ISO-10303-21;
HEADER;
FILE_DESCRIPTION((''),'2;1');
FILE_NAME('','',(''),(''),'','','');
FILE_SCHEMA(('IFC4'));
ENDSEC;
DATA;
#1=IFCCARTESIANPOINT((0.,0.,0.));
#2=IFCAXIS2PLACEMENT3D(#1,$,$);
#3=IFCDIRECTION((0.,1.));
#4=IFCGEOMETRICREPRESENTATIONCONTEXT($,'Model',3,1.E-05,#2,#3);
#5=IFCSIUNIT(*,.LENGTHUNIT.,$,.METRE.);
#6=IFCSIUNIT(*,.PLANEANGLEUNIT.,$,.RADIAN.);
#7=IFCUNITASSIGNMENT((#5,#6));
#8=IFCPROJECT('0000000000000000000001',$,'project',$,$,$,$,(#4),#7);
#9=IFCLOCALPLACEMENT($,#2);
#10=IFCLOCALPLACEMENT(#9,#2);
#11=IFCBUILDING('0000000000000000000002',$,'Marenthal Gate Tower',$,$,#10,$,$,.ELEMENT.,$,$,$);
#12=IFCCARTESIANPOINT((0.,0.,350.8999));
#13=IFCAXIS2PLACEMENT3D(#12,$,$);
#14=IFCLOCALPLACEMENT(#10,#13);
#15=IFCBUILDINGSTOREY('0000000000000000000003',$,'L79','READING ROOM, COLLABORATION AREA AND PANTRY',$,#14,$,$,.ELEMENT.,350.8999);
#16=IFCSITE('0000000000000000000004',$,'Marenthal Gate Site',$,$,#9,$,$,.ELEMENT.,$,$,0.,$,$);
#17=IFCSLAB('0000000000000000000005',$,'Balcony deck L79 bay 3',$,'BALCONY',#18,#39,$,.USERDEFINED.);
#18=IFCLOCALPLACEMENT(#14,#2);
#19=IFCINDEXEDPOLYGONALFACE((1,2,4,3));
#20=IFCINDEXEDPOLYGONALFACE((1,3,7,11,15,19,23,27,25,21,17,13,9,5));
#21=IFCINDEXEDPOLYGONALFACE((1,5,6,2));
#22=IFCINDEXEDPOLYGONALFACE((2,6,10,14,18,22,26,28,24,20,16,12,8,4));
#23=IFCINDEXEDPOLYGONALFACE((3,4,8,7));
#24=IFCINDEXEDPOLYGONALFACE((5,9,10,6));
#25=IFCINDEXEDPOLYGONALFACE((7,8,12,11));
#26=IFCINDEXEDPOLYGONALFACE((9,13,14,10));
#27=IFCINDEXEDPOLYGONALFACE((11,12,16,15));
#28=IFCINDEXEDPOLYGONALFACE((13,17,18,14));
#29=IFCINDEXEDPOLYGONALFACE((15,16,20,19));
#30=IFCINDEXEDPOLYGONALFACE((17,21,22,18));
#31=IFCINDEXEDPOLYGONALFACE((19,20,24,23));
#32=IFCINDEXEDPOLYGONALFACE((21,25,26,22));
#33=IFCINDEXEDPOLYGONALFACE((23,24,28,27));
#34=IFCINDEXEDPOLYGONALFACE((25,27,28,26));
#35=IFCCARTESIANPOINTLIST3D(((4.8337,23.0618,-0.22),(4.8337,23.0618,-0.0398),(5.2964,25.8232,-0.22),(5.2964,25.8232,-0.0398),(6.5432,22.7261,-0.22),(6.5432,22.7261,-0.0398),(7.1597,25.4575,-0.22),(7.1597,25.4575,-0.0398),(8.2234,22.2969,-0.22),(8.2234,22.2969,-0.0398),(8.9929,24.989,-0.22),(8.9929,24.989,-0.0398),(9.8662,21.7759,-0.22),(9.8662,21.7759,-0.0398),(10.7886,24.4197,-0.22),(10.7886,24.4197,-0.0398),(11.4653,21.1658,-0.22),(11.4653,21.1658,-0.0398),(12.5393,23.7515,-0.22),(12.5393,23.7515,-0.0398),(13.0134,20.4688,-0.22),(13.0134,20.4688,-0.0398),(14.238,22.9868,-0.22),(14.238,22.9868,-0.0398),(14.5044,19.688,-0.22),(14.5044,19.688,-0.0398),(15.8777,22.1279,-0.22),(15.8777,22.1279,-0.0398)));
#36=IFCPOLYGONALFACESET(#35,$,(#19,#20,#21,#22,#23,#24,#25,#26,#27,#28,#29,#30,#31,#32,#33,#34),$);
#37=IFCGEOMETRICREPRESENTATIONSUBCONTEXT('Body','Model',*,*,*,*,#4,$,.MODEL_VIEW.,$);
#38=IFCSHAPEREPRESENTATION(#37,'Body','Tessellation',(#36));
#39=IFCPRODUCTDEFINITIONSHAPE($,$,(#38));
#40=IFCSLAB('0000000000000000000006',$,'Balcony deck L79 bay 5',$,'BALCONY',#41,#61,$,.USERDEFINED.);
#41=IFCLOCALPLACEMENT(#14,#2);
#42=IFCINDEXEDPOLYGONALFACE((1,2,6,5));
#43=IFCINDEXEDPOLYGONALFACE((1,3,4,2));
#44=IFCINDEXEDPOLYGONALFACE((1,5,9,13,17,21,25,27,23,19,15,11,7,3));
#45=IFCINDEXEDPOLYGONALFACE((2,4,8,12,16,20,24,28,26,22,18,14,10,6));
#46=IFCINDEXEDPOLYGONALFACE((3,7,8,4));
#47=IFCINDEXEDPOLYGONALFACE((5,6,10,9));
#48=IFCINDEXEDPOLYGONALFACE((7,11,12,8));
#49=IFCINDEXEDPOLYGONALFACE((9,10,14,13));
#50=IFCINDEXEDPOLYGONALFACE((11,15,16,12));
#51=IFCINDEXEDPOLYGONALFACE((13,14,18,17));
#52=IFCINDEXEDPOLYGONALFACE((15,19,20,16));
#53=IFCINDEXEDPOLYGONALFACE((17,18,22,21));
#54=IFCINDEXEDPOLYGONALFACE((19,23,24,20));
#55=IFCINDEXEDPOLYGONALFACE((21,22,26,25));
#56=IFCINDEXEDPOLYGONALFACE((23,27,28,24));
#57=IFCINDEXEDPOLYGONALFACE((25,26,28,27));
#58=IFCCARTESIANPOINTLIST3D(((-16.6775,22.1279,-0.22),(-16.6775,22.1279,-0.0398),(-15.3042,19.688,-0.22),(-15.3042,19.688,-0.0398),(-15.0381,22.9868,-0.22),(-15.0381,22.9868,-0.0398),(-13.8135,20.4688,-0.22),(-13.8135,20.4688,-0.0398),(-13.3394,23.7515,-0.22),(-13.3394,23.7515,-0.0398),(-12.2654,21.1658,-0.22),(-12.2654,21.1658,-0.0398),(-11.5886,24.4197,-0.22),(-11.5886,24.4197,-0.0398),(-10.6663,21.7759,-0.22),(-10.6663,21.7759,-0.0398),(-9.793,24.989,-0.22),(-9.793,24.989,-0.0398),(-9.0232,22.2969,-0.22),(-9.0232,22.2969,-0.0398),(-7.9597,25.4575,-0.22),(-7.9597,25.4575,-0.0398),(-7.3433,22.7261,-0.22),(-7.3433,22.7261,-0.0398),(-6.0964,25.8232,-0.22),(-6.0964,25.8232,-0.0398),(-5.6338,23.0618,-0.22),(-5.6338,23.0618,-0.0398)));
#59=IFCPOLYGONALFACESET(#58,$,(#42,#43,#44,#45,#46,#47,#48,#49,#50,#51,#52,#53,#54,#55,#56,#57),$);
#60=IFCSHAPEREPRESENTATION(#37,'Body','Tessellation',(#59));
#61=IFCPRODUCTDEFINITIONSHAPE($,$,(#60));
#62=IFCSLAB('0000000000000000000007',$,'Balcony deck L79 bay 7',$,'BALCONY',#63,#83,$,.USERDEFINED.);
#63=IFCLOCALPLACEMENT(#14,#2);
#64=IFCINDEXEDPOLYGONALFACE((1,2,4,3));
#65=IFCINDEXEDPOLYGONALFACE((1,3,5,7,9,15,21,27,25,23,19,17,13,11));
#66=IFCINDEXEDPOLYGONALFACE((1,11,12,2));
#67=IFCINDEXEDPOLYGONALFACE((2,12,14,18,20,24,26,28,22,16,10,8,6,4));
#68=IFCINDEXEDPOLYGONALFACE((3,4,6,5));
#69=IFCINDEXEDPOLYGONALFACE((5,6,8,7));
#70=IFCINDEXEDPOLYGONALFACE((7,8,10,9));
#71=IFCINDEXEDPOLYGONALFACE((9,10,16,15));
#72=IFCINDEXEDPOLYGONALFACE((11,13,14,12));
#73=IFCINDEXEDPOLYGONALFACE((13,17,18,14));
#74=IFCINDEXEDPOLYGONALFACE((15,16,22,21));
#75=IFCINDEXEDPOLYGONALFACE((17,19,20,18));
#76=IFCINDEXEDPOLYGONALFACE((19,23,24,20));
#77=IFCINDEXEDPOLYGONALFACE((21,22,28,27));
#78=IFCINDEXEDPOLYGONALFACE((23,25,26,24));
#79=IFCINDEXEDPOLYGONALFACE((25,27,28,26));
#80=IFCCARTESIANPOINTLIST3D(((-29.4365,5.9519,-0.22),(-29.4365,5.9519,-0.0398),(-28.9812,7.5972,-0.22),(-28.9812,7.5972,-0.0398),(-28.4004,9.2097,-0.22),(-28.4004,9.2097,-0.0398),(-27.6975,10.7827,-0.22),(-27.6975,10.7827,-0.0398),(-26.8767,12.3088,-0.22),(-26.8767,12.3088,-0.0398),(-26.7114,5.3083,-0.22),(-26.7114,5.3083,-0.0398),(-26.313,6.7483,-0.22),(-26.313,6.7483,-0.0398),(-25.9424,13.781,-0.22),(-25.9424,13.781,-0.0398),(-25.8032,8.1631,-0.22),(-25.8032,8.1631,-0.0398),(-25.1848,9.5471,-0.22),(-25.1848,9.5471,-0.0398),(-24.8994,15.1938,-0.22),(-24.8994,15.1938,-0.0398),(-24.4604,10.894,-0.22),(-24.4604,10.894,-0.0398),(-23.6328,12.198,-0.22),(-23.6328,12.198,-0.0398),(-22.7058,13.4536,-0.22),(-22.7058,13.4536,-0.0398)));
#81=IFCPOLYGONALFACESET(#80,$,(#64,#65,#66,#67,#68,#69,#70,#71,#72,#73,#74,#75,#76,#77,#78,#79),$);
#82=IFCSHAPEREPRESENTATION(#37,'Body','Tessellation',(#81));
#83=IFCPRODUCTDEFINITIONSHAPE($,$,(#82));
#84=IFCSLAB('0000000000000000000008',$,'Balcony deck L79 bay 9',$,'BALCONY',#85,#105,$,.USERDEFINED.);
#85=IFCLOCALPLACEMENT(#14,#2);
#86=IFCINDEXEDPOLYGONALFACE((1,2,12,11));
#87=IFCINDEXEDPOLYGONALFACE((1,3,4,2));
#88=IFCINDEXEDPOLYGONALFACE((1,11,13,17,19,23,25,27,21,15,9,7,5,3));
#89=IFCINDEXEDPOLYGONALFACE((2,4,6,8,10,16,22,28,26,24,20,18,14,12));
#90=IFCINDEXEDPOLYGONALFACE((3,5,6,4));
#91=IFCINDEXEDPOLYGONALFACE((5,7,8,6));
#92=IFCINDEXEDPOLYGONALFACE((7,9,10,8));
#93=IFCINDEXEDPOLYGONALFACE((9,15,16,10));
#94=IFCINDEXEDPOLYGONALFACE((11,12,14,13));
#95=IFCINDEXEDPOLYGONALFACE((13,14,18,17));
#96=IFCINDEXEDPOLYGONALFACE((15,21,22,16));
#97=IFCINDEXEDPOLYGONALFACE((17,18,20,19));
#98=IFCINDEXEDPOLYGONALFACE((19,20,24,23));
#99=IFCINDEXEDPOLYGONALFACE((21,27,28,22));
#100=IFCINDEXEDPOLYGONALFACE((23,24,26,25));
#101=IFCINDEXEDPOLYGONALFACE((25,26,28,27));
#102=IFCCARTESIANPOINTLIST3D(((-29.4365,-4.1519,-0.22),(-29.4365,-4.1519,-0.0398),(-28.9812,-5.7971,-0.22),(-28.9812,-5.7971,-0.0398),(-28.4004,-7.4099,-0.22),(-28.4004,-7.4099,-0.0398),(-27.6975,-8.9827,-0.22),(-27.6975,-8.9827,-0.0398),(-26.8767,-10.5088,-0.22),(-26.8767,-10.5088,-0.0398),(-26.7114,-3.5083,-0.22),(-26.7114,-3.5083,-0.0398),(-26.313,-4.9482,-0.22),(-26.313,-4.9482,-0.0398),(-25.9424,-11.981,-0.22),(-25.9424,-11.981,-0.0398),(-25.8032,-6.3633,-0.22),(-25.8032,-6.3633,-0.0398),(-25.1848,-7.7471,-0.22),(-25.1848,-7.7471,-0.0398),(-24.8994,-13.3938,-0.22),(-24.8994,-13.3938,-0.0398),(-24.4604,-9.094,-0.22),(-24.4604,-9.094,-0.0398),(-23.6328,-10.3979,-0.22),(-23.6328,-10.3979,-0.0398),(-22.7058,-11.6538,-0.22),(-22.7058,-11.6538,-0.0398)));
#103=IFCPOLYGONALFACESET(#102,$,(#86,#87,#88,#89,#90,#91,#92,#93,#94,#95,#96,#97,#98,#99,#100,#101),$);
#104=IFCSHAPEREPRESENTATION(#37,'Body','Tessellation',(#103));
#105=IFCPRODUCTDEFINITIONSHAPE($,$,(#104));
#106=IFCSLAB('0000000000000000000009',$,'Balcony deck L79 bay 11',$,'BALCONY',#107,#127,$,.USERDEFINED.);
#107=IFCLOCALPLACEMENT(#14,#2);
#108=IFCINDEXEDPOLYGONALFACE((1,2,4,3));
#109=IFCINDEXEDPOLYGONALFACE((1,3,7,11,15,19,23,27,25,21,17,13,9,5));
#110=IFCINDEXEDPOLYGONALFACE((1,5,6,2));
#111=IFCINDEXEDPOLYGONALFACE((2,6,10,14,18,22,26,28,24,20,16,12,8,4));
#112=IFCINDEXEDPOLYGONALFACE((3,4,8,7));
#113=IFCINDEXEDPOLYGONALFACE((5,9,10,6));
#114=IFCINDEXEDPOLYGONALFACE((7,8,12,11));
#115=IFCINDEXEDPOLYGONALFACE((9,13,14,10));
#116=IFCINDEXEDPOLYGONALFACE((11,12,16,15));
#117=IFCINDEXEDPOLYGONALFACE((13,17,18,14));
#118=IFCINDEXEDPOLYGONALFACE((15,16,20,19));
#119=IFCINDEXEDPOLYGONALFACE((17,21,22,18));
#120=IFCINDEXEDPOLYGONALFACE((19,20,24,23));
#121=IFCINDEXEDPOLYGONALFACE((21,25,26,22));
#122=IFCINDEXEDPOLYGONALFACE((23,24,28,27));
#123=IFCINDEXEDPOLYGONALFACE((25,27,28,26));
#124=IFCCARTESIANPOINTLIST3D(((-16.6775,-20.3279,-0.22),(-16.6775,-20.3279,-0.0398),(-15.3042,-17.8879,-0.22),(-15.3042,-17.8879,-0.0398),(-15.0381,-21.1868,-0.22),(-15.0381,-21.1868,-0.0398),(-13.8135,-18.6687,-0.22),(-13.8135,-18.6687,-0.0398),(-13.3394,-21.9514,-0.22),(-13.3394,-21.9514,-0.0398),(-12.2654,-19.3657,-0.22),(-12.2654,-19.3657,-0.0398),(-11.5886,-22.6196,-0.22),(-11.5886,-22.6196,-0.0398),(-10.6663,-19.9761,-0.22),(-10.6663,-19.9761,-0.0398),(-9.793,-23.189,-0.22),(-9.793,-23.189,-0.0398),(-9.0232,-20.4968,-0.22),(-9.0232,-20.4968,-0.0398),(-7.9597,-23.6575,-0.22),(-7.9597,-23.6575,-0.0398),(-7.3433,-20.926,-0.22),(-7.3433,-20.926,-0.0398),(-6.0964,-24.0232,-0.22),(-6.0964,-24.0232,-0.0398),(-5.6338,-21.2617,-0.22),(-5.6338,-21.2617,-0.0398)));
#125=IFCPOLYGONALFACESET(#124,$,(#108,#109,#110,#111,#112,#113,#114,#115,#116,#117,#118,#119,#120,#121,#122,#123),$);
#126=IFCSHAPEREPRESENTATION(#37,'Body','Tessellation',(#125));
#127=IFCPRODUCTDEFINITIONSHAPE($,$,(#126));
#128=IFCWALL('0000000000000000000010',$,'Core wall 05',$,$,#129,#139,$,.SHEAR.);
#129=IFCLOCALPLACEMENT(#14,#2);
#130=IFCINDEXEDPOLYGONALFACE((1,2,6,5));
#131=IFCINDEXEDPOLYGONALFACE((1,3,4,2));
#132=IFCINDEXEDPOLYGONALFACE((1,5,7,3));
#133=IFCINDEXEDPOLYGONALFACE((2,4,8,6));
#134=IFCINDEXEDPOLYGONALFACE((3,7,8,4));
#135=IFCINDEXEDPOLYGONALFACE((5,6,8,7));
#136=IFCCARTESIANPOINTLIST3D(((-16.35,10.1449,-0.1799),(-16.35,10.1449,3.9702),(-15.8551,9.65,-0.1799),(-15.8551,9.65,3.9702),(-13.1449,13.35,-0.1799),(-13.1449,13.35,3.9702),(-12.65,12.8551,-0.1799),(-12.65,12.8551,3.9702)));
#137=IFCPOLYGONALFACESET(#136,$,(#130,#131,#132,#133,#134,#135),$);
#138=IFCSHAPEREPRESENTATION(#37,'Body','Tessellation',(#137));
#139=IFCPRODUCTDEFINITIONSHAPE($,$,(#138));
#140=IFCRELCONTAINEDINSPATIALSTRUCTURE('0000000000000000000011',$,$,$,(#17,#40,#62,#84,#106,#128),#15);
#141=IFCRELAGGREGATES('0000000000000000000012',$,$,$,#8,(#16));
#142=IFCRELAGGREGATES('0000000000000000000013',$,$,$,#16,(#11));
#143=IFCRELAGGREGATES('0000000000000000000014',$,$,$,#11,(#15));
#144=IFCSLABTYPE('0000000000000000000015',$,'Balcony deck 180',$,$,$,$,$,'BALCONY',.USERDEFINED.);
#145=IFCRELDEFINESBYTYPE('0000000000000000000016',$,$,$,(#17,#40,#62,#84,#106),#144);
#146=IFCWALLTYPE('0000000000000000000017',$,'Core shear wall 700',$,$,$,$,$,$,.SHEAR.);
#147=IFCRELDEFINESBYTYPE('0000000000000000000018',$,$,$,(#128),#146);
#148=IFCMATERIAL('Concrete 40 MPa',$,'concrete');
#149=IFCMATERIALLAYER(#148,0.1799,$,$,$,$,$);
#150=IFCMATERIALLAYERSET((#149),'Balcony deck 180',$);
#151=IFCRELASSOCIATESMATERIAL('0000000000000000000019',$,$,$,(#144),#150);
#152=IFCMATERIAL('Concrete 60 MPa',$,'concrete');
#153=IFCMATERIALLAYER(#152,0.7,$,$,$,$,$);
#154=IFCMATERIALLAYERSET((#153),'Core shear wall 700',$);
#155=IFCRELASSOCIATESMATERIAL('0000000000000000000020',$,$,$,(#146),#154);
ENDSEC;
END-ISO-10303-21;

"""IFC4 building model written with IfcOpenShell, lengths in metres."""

from ifc_helpers import new_model, si_unit, direction, frame, frame_2d, origin, place, context, subcontext, project, spatial, polyline, rectangle, outline, extrude, material, layer, layer_set, type_object, element, save


model = new_model("IFC4")

# Units and contexts
model_context = context("Model", 3, precision=1e-05, world=origin(), true_north=direction((0.0, 1.0)))
body_context = subcontext(model_context, "Body", "Model", "MODEL_VIEW")
ifc_project = project(units=[si_unit("LENGTHUNIT", "METRE"), si_unit("PLANEANGLEUNIT", "RADIAN")], contexts=[model_context])

# Site, building, storey
site_placement = place(None, origin())
site = spatial("IfcSite", under=ifc_project, at=site_placement, Name="Marenthal Gate Site", CompositionType="ELEMENT", RefElevation=0.0)
building_placement = place(site_placement, origin())
building = spatial("IfcBuilding", under=site, at=building_placement, Name="Marenthal Gate Tower", CompositionType="ELEMENT")
storey_placement = place(building_placement, frame((0.0, 0.0, 350.8999)))
storey = spatial("IfcBuildingStorey", under=building, at=storey_placement, Name="L79", Description="READING ROOM, COLLABORATION AREA AND PANTRY", CompositionType="ELEMENT", Elevation=350.8999)

# Slabs
ifc_material_1 = material(Name="Concrete 40 MPa", Category="concrete")
ifc_layer_1 = layer(ifc_material_1, 0.1799)
ifc_layer_set_1 = layer_set([ifc_layer_1], Name="Balcony deck 180")
slab_type = type_object("IfcSlabType", Name="Balcony deck 180", ElementType="BALCONY", PredefinedType="USERDEFINED", material=ifc_layer_set_1)
slab_1_placement = place(storey_placement, frame((0.0, 0.0, -0.22)))
element("IfcSlab", 1, at=slab_1_placement, inside=storey, type_object=slab_type, Name="Balcony deck L79 bay 3", ObjectType="BALCONY", PredefinedType="USERDEFINED", context=body_context, shape_type="SweptSolid", body=[
    extrude(outline(polyline([(14.5044, 19.688), (13.0134, 20.4688), (11.4653, 21.1658), (9.8662, 21.7759), (8.2234, 22.2969), (6.5432, 22.7261), (4.8337, 23.0618), (5.2964, 25.8232), (7.1597, 25.4575), (8.9929, 24.989), (10.7886, 24.4197), (12.5393, 23.7515), (14.238, 22.9868), (15.8777, 22.1279), (14.5044, 19.688)])), origin(), (0.0, 0.0, 1.0), 0.1802),
])
slab_2_placement = place(storey_placement, frame((0.0, 0.0, -0.22)))
element("IfcSlab", 2, at=slab_2_placement, inside=storey, type_object=slab_type, Name="Balcony deck L79 bay 5", ObjectType="BALCONY", PredefinedType="USERDEFINED", context=body_context, shape_type="SweptSolid", body=[
    extrude(outline(polyline([(-5.6338, 23.0618), (-7.3433, 22.7261), (-9.0232, 22.2969), (-10.6663, 21.7759), (-12.2654, 21.1658), (-13.8135, 20.4688), (-15.3042, 19.688), (-16.6775, 22.1279), (-15.0381, 22.9868), (-13.3394, 23.7515), (-11.5886, 24.4197), (-9.793, 24.989), (-7.9597, 25.4575), (-6.0964, 25.8232), (-5.6338, 23.0618)])), origin(), (0.0, 0.0, 1.0), 0.1802),
])
slab_3_placement = place(storey_placement, frame((0.0, 0.0, -0.22)))
element("IfcSlab", 3, at=slab_3_placement, inside=storey, type_object=slab_type, Name="Balcony deck L79 bay 7", ObjectType="BALCONY", PredefinedType="USERDEFINED", context=body_context, shape_type="SweptSolid", body=[
    extrude(outline(polyline([(-22.7058, 13.4536), (-23.6328, 12.198), (-24.4604, 10.894), (-25.1848, 9.5471), (-25.8032, 8.1631), (-26.313, 6.7483), (-26.7114, 5.3083), (-29.4365, 5.9519), (-28.9812, 7.5972), (-28.4004, 9.2097), (-27.6975, 10.7827), (-26.8767, 12.3088), (-25.9424, 13.781), (-24.8994, 15.1938), (-22.7058, 13.4536)])), origin(), (0.0, 0.0, 1.0), 0.1802),
])
slab_4_placement = place(storey_placement, frame((0.0, 0.0, -0.22)))
element("IfcSlab", 4, at=slab_4_placement, inside=storey, type_object=slab_type, Name="Balcony deck L79 bay 9", ObjectType="BALCONY", PredefinedType="USERDEFINED", context=body_context, shape_type="SweptSolid", body=[
    extrude(outline(polyline([(-26.7114, -3.5083), (-26.313, -4.9482), (-25.8032, -6.3633), (-25.1848, -7.7471), (-24.4604, -9.094), (-23.6328, -10.3979), (-22.7058, -11.6538), (-24.8994, -13.3938), (-25.9424, -11.981), (-26.8767, -10.5088), (-27.6975, -8.9827), (-28.4004, -7.4099), (-28.9812, -5.7971), (-29.4365, -4.1519), (-26.7114, -3.5083)])), origin(), (0.0, 0.0, 1.0), 0.1802),
])
slab_5_placement = place(storey_placement, frame((0.0, 0.0, -0.22)))
element("IfcSlab", 5, at=slab_5_placement, inside=storey, type_object=slab_type, Name="Balcony deck L79 bay 11", ObjectType="BALCONY", PredefinedType="USERDEFINED", context=body_context, shape_type="SweptSolid", body=[
    extrude(outline(polyline([(-15.3042, -17.8879), (-13.8135, -18.6687), (-12.2654, -19.3657), (-10.6663, -19.9761), (-9.0232, -20.4968), (-7.3433, -20.926), (-5.6338, -21.2617), (-6.0964, -24.0232), (-7.9597, -23.6575), (-9.793, -23.189), (-11.5886, -22.6196), (-13.3394, -21.9514), (-15.0381, -21.1868), (-16.6775, -20.3279), (-15.3042, -17.8879)])), origin(), (0.0, 0.0, 1.0), 0.1802),
])

# Wall
ifc_material_2 = material(Name="Concrete 60 MPa", Category="concrete")
ifc_layer_2 = layer(ifc_material_2, 0.7)
ifc_layer_set_2 = layer_set([ifc_layer_2], Name="Core shear wall 700")
wall_type_1 = type_object("IfcWallType", Name="Core shear wall 700", PredefinedType="SHEAR", material=ifc_layer_set_2)
wall_1_placement = place(storey_placement, frame((-12.8975, 13.1025, -0.1799), z_axis=(0.0, 0.0, 1.0), x_axis=(-0.707107, -0.707107, 0.0)))
element("IfcWall", 6, at=wall_1_placement, inside=storey, type_object=wall_type_1, Name="Core wall 05", PredefinedType="SHEAR", context=body_context, shape_type="SweptSolid", body=[
    extrude(rectangle(XDim=4.5327, YDim=0.7, at=frame_2d((2.2664, 0.0))), origin(), (0.0, 0.0, 1.0), 4.1501),
])

save(model, "model.ifc")
